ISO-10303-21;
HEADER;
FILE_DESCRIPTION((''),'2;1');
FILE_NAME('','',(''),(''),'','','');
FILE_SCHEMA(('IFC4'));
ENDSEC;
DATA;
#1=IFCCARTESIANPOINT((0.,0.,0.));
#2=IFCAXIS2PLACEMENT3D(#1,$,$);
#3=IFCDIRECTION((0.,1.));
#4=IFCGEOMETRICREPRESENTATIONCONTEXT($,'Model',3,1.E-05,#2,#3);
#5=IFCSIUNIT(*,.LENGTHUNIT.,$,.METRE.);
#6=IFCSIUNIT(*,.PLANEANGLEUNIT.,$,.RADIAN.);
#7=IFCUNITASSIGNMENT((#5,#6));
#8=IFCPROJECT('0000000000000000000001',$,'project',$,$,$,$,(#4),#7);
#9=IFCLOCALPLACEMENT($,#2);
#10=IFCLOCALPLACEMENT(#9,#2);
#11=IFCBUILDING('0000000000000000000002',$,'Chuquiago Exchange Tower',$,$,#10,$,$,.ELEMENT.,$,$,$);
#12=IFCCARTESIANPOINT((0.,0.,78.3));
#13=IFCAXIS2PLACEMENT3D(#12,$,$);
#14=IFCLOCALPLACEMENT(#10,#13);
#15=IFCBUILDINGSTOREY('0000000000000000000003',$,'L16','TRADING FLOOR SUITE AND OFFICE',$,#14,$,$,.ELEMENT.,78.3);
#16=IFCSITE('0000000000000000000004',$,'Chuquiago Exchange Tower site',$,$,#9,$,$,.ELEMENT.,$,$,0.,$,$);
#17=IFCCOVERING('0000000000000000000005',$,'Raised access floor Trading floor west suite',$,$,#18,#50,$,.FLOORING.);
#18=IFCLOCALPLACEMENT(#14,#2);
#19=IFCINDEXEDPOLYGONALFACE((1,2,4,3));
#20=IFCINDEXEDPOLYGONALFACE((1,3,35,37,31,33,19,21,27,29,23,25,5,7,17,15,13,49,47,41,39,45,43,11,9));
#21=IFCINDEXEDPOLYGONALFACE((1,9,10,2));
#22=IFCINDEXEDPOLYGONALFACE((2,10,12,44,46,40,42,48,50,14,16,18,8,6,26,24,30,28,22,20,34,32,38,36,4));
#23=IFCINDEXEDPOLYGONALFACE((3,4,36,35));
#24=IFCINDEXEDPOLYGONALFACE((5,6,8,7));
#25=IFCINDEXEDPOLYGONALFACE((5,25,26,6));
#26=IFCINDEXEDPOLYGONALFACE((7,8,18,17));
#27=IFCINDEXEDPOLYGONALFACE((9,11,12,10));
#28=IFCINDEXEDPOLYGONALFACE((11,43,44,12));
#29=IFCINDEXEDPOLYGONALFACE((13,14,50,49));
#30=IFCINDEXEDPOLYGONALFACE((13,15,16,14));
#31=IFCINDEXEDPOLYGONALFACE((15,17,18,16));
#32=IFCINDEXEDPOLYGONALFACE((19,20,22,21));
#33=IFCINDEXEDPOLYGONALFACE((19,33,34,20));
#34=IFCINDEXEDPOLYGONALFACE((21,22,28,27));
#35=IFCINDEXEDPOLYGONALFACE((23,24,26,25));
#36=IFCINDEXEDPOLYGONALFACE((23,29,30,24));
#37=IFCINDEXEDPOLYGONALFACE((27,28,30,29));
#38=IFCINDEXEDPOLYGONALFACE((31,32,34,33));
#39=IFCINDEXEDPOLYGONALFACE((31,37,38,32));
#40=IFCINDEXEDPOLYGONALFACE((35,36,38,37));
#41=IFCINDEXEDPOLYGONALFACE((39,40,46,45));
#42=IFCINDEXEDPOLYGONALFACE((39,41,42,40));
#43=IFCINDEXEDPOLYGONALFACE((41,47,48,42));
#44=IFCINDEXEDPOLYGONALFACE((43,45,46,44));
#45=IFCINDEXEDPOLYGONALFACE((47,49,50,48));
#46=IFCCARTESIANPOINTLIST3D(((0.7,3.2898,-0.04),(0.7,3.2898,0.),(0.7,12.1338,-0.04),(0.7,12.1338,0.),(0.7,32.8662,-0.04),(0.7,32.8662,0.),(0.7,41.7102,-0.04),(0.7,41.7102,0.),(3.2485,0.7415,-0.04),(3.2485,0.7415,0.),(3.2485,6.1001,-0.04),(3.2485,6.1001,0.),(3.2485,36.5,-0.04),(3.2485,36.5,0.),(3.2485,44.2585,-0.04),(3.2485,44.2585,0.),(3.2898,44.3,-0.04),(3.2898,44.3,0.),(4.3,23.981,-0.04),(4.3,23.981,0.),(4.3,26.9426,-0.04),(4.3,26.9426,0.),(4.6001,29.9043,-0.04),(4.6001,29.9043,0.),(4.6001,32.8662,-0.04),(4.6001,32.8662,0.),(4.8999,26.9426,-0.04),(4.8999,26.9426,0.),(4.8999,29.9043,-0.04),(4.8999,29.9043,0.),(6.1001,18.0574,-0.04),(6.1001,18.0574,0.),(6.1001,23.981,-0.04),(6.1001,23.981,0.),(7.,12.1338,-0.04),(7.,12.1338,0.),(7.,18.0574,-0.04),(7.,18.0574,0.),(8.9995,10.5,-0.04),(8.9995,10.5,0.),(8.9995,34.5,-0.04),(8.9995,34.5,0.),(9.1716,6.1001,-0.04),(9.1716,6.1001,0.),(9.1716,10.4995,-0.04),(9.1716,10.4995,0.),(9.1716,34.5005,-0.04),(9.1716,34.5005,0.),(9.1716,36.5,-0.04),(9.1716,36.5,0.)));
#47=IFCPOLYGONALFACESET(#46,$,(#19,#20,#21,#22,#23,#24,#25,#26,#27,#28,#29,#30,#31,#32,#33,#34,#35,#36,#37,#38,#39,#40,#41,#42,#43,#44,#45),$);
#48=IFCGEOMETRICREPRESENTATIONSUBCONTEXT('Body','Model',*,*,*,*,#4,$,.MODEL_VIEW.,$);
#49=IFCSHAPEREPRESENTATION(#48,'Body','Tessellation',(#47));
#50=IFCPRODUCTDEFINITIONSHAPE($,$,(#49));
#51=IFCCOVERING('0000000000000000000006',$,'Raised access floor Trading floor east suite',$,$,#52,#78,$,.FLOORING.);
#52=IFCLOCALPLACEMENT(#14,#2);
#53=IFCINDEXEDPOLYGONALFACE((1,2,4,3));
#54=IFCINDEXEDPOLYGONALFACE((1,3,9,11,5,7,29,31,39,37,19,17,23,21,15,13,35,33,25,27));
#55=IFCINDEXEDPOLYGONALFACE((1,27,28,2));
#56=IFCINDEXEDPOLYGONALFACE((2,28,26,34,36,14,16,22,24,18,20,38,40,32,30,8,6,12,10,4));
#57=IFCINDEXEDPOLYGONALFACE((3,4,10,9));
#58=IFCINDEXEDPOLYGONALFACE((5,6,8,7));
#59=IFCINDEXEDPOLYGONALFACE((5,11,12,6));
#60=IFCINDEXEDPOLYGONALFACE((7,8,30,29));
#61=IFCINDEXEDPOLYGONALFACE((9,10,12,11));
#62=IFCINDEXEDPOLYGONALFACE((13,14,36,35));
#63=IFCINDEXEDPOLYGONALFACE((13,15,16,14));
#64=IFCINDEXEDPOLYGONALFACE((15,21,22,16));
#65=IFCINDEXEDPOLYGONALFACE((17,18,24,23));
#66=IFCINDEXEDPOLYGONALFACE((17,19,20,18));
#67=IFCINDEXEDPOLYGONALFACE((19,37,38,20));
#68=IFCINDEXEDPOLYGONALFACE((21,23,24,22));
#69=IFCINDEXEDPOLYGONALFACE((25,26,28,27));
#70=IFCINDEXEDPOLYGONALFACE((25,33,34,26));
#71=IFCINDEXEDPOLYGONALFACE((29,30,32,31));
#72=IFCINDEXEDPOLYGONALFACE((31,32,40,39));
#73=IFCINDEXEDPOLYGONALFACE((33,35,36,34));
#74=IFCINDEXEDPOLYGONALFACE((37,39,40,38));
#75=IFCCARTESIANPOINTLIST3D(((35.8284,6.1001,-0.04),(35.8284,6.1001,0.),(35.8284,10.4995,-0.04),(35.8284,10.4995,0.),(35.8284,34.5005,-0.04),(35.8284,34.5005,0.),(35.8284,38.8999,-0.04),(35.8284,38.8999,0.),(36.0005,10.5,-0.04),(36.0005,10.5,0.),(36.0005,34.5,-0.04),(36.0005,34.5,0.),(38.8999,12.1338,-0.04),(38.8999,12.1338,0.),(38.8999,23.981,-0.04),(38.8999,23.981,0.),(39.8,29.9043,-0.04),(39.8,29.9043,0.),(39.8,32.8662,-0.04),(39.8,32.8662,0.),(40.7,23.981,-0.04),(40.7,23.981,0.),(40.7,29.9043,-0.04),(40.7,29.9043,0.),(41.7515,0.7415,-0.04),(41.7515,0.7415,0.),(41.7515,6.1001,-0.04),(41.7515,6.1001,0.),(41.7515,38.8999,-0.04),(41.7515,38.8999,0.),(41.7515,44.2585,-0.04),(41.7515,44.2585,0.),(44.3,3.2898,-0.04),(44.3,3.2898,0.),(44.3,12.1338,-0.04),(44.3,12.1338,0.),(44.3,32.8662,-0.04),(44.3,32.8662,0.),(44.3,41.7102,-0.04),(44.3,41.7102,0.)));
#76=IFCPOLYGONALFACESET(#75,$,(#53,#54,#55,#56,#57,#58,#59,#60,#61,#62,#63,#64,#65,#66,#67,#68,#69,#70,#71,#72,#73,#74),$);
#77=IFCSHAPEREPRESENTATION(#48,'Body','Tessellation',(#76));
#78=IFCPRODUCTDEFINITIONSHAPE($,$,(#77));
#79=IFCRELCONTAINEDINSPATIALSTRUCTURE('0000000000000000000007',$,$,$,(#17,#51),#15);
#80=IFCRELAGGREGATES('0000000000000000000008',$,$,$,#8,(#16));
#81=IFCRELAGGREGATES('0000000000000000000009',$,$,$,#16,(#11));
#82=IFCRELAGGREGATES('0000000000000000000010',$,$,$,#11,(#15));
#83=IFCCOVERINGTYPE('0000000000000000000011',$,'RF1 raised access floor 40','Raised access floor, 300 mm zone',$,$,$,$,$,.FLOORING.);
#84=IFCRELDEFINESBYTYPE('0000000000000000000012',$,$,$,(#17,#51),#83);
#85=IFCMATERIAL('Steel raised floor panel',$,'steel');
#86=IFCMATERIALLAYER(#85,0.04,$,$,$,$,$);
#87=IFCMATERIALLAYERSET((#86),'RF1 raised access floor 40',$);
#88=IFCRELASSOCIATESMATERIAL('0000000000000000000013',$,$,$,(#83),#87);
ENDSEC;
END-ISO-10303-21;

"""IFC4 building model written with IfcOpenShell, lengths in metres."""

from ifc_helpers import new_model, si_unit, direction, frame, origin, place, context, subcontext, project, spatial, polyline, outline, extrude, material, layer, layer_set, type_object, element, save


model = new_model("IFC4")

# Units and contexts
model_context = context("Model", 3, precision=1e-05, world=origin(), true_north=direction((0.0, 1.0)))
body_context = subcontext(model_context, "Body", "Model", "MODEL_VIEW")
ifc_project = project(units=[si_unit("LENGTHUNIT", "METRE"), si_unit("PLANEANGLEUNIT", "RADIAN")], contexts=[model_context])

# Site, building, storey
site_placement = place(None, origin())
site = spatial("IfcSite", under=ifc_project, at=site_placement, Name="Chuquiago Exchange Tower site", CompositionType="ELEMENT", RefElevation=0.0)
building_placement = place(site_placement, origin())
building = spatial("IfcBuilding", under=site, at=building_placement, Name="Chuquiago Exchange Tower", CompositionType="ELEMENT")
storey_placement = place(building_placement, frame((0.0, 0.0, 78.3)))
storey = spatial("IfcBuildingStorey", under=building, at=storey_placement, Name="L16", Description="TRADING FLOOR SUITE AND OFFICE", CompositionType="ELEMENT", Elevation=78.3)

# Coverings
ifc_material_1 = material(Name="Steel raised floor panel", Category="steel")
ifc_layer_1 = layer(ifc_material_1, 0.04)
ifc_layer_set_1 = layer_set([ifc_layer_1], Name="RF1 raised access floor 40")
covering_type_1 = type_object("IfcCoveringType", Name="RF1 raised access floor 40", Description="Raised access floor, 300 mm zone", PredefinedType="FLOORING", material=ifc_layer_set_1)
covering_1_placement = place(storey_placement, frame((0.0, 0.0, -0.04)))
element("IfcCovering", 1, at=covering_1_placement, inside=storey, type_object=covering_type_1, Name="Raised access floor Trading floor west suite", PredefinedType="FLOORING", context=body_context, shape_type="SweptSolid", body=[
    extrude(outline(polyline([(7.0, 18.0574), (6.1001, 18.0574), (6.1001, 23.981), (4.3, 23.981), (4.3, 26.9426), (4.8999, 26.9426), (4.8999, 29.9043), (4.6001, 29.9043), (4.6001, 32.8662), (0.7, 32.8662), (0.7, 41.7102), (3.2898, 44.3), (3.2485, 44.2585), (3.2485, 36.5), (9.1716, 36.5), (9.1716, 34.5005), (8.9995, 34.5), (8.9995, 10.5), (9.1716, 10.4995), (9.1716, 6.1001), (3.2485, 6.1001), (3.2485, 0.7415), (0.7, 3.2898), (0.7, 12.1338), (7.0, 12.1338), (7.0, 18.0574)])), origin(), (0.0, 0.0, 1.0), 0.04),
])
covering_2_placement = place(storey_placement, frame((0.0, 0.0, -0.04)))
element("IfcCovering", 2, at=covering_2_placement, inside=storey, type_object=covering_type_1, Name="Raised access floor Trading floor east suite", PredefinedType="FLOORING", context=body_context, shape_type="SweptSolid", body=[
    extrude(outline(polyline([(35.8284, 38.8999), (41.7515, 38.8999), (41.7515, 44.2585), (44.3, 41.7102), (44.3, 32.8662), (39.8, 32.8662), (39.8, 29.9043), (40.7, 29.9043), (40.7, 23.981), (38.8999, 23.981), (38.8999, 12.1338), (44.3, 12.1338), (44.3, 3.2898), (41.7515, 0.7415), (41.7515, 6.1001), (35.8284, 6.1001), (35.8284, 10.4995), (36.0005, 10.5), (36.0005, 34.5), (35.8284, 34.5005), (35.8284, 38.8999)])), origin(), (0.0, 0.0, 1.0), 0.04),
])

save(model, "model.ifc")
